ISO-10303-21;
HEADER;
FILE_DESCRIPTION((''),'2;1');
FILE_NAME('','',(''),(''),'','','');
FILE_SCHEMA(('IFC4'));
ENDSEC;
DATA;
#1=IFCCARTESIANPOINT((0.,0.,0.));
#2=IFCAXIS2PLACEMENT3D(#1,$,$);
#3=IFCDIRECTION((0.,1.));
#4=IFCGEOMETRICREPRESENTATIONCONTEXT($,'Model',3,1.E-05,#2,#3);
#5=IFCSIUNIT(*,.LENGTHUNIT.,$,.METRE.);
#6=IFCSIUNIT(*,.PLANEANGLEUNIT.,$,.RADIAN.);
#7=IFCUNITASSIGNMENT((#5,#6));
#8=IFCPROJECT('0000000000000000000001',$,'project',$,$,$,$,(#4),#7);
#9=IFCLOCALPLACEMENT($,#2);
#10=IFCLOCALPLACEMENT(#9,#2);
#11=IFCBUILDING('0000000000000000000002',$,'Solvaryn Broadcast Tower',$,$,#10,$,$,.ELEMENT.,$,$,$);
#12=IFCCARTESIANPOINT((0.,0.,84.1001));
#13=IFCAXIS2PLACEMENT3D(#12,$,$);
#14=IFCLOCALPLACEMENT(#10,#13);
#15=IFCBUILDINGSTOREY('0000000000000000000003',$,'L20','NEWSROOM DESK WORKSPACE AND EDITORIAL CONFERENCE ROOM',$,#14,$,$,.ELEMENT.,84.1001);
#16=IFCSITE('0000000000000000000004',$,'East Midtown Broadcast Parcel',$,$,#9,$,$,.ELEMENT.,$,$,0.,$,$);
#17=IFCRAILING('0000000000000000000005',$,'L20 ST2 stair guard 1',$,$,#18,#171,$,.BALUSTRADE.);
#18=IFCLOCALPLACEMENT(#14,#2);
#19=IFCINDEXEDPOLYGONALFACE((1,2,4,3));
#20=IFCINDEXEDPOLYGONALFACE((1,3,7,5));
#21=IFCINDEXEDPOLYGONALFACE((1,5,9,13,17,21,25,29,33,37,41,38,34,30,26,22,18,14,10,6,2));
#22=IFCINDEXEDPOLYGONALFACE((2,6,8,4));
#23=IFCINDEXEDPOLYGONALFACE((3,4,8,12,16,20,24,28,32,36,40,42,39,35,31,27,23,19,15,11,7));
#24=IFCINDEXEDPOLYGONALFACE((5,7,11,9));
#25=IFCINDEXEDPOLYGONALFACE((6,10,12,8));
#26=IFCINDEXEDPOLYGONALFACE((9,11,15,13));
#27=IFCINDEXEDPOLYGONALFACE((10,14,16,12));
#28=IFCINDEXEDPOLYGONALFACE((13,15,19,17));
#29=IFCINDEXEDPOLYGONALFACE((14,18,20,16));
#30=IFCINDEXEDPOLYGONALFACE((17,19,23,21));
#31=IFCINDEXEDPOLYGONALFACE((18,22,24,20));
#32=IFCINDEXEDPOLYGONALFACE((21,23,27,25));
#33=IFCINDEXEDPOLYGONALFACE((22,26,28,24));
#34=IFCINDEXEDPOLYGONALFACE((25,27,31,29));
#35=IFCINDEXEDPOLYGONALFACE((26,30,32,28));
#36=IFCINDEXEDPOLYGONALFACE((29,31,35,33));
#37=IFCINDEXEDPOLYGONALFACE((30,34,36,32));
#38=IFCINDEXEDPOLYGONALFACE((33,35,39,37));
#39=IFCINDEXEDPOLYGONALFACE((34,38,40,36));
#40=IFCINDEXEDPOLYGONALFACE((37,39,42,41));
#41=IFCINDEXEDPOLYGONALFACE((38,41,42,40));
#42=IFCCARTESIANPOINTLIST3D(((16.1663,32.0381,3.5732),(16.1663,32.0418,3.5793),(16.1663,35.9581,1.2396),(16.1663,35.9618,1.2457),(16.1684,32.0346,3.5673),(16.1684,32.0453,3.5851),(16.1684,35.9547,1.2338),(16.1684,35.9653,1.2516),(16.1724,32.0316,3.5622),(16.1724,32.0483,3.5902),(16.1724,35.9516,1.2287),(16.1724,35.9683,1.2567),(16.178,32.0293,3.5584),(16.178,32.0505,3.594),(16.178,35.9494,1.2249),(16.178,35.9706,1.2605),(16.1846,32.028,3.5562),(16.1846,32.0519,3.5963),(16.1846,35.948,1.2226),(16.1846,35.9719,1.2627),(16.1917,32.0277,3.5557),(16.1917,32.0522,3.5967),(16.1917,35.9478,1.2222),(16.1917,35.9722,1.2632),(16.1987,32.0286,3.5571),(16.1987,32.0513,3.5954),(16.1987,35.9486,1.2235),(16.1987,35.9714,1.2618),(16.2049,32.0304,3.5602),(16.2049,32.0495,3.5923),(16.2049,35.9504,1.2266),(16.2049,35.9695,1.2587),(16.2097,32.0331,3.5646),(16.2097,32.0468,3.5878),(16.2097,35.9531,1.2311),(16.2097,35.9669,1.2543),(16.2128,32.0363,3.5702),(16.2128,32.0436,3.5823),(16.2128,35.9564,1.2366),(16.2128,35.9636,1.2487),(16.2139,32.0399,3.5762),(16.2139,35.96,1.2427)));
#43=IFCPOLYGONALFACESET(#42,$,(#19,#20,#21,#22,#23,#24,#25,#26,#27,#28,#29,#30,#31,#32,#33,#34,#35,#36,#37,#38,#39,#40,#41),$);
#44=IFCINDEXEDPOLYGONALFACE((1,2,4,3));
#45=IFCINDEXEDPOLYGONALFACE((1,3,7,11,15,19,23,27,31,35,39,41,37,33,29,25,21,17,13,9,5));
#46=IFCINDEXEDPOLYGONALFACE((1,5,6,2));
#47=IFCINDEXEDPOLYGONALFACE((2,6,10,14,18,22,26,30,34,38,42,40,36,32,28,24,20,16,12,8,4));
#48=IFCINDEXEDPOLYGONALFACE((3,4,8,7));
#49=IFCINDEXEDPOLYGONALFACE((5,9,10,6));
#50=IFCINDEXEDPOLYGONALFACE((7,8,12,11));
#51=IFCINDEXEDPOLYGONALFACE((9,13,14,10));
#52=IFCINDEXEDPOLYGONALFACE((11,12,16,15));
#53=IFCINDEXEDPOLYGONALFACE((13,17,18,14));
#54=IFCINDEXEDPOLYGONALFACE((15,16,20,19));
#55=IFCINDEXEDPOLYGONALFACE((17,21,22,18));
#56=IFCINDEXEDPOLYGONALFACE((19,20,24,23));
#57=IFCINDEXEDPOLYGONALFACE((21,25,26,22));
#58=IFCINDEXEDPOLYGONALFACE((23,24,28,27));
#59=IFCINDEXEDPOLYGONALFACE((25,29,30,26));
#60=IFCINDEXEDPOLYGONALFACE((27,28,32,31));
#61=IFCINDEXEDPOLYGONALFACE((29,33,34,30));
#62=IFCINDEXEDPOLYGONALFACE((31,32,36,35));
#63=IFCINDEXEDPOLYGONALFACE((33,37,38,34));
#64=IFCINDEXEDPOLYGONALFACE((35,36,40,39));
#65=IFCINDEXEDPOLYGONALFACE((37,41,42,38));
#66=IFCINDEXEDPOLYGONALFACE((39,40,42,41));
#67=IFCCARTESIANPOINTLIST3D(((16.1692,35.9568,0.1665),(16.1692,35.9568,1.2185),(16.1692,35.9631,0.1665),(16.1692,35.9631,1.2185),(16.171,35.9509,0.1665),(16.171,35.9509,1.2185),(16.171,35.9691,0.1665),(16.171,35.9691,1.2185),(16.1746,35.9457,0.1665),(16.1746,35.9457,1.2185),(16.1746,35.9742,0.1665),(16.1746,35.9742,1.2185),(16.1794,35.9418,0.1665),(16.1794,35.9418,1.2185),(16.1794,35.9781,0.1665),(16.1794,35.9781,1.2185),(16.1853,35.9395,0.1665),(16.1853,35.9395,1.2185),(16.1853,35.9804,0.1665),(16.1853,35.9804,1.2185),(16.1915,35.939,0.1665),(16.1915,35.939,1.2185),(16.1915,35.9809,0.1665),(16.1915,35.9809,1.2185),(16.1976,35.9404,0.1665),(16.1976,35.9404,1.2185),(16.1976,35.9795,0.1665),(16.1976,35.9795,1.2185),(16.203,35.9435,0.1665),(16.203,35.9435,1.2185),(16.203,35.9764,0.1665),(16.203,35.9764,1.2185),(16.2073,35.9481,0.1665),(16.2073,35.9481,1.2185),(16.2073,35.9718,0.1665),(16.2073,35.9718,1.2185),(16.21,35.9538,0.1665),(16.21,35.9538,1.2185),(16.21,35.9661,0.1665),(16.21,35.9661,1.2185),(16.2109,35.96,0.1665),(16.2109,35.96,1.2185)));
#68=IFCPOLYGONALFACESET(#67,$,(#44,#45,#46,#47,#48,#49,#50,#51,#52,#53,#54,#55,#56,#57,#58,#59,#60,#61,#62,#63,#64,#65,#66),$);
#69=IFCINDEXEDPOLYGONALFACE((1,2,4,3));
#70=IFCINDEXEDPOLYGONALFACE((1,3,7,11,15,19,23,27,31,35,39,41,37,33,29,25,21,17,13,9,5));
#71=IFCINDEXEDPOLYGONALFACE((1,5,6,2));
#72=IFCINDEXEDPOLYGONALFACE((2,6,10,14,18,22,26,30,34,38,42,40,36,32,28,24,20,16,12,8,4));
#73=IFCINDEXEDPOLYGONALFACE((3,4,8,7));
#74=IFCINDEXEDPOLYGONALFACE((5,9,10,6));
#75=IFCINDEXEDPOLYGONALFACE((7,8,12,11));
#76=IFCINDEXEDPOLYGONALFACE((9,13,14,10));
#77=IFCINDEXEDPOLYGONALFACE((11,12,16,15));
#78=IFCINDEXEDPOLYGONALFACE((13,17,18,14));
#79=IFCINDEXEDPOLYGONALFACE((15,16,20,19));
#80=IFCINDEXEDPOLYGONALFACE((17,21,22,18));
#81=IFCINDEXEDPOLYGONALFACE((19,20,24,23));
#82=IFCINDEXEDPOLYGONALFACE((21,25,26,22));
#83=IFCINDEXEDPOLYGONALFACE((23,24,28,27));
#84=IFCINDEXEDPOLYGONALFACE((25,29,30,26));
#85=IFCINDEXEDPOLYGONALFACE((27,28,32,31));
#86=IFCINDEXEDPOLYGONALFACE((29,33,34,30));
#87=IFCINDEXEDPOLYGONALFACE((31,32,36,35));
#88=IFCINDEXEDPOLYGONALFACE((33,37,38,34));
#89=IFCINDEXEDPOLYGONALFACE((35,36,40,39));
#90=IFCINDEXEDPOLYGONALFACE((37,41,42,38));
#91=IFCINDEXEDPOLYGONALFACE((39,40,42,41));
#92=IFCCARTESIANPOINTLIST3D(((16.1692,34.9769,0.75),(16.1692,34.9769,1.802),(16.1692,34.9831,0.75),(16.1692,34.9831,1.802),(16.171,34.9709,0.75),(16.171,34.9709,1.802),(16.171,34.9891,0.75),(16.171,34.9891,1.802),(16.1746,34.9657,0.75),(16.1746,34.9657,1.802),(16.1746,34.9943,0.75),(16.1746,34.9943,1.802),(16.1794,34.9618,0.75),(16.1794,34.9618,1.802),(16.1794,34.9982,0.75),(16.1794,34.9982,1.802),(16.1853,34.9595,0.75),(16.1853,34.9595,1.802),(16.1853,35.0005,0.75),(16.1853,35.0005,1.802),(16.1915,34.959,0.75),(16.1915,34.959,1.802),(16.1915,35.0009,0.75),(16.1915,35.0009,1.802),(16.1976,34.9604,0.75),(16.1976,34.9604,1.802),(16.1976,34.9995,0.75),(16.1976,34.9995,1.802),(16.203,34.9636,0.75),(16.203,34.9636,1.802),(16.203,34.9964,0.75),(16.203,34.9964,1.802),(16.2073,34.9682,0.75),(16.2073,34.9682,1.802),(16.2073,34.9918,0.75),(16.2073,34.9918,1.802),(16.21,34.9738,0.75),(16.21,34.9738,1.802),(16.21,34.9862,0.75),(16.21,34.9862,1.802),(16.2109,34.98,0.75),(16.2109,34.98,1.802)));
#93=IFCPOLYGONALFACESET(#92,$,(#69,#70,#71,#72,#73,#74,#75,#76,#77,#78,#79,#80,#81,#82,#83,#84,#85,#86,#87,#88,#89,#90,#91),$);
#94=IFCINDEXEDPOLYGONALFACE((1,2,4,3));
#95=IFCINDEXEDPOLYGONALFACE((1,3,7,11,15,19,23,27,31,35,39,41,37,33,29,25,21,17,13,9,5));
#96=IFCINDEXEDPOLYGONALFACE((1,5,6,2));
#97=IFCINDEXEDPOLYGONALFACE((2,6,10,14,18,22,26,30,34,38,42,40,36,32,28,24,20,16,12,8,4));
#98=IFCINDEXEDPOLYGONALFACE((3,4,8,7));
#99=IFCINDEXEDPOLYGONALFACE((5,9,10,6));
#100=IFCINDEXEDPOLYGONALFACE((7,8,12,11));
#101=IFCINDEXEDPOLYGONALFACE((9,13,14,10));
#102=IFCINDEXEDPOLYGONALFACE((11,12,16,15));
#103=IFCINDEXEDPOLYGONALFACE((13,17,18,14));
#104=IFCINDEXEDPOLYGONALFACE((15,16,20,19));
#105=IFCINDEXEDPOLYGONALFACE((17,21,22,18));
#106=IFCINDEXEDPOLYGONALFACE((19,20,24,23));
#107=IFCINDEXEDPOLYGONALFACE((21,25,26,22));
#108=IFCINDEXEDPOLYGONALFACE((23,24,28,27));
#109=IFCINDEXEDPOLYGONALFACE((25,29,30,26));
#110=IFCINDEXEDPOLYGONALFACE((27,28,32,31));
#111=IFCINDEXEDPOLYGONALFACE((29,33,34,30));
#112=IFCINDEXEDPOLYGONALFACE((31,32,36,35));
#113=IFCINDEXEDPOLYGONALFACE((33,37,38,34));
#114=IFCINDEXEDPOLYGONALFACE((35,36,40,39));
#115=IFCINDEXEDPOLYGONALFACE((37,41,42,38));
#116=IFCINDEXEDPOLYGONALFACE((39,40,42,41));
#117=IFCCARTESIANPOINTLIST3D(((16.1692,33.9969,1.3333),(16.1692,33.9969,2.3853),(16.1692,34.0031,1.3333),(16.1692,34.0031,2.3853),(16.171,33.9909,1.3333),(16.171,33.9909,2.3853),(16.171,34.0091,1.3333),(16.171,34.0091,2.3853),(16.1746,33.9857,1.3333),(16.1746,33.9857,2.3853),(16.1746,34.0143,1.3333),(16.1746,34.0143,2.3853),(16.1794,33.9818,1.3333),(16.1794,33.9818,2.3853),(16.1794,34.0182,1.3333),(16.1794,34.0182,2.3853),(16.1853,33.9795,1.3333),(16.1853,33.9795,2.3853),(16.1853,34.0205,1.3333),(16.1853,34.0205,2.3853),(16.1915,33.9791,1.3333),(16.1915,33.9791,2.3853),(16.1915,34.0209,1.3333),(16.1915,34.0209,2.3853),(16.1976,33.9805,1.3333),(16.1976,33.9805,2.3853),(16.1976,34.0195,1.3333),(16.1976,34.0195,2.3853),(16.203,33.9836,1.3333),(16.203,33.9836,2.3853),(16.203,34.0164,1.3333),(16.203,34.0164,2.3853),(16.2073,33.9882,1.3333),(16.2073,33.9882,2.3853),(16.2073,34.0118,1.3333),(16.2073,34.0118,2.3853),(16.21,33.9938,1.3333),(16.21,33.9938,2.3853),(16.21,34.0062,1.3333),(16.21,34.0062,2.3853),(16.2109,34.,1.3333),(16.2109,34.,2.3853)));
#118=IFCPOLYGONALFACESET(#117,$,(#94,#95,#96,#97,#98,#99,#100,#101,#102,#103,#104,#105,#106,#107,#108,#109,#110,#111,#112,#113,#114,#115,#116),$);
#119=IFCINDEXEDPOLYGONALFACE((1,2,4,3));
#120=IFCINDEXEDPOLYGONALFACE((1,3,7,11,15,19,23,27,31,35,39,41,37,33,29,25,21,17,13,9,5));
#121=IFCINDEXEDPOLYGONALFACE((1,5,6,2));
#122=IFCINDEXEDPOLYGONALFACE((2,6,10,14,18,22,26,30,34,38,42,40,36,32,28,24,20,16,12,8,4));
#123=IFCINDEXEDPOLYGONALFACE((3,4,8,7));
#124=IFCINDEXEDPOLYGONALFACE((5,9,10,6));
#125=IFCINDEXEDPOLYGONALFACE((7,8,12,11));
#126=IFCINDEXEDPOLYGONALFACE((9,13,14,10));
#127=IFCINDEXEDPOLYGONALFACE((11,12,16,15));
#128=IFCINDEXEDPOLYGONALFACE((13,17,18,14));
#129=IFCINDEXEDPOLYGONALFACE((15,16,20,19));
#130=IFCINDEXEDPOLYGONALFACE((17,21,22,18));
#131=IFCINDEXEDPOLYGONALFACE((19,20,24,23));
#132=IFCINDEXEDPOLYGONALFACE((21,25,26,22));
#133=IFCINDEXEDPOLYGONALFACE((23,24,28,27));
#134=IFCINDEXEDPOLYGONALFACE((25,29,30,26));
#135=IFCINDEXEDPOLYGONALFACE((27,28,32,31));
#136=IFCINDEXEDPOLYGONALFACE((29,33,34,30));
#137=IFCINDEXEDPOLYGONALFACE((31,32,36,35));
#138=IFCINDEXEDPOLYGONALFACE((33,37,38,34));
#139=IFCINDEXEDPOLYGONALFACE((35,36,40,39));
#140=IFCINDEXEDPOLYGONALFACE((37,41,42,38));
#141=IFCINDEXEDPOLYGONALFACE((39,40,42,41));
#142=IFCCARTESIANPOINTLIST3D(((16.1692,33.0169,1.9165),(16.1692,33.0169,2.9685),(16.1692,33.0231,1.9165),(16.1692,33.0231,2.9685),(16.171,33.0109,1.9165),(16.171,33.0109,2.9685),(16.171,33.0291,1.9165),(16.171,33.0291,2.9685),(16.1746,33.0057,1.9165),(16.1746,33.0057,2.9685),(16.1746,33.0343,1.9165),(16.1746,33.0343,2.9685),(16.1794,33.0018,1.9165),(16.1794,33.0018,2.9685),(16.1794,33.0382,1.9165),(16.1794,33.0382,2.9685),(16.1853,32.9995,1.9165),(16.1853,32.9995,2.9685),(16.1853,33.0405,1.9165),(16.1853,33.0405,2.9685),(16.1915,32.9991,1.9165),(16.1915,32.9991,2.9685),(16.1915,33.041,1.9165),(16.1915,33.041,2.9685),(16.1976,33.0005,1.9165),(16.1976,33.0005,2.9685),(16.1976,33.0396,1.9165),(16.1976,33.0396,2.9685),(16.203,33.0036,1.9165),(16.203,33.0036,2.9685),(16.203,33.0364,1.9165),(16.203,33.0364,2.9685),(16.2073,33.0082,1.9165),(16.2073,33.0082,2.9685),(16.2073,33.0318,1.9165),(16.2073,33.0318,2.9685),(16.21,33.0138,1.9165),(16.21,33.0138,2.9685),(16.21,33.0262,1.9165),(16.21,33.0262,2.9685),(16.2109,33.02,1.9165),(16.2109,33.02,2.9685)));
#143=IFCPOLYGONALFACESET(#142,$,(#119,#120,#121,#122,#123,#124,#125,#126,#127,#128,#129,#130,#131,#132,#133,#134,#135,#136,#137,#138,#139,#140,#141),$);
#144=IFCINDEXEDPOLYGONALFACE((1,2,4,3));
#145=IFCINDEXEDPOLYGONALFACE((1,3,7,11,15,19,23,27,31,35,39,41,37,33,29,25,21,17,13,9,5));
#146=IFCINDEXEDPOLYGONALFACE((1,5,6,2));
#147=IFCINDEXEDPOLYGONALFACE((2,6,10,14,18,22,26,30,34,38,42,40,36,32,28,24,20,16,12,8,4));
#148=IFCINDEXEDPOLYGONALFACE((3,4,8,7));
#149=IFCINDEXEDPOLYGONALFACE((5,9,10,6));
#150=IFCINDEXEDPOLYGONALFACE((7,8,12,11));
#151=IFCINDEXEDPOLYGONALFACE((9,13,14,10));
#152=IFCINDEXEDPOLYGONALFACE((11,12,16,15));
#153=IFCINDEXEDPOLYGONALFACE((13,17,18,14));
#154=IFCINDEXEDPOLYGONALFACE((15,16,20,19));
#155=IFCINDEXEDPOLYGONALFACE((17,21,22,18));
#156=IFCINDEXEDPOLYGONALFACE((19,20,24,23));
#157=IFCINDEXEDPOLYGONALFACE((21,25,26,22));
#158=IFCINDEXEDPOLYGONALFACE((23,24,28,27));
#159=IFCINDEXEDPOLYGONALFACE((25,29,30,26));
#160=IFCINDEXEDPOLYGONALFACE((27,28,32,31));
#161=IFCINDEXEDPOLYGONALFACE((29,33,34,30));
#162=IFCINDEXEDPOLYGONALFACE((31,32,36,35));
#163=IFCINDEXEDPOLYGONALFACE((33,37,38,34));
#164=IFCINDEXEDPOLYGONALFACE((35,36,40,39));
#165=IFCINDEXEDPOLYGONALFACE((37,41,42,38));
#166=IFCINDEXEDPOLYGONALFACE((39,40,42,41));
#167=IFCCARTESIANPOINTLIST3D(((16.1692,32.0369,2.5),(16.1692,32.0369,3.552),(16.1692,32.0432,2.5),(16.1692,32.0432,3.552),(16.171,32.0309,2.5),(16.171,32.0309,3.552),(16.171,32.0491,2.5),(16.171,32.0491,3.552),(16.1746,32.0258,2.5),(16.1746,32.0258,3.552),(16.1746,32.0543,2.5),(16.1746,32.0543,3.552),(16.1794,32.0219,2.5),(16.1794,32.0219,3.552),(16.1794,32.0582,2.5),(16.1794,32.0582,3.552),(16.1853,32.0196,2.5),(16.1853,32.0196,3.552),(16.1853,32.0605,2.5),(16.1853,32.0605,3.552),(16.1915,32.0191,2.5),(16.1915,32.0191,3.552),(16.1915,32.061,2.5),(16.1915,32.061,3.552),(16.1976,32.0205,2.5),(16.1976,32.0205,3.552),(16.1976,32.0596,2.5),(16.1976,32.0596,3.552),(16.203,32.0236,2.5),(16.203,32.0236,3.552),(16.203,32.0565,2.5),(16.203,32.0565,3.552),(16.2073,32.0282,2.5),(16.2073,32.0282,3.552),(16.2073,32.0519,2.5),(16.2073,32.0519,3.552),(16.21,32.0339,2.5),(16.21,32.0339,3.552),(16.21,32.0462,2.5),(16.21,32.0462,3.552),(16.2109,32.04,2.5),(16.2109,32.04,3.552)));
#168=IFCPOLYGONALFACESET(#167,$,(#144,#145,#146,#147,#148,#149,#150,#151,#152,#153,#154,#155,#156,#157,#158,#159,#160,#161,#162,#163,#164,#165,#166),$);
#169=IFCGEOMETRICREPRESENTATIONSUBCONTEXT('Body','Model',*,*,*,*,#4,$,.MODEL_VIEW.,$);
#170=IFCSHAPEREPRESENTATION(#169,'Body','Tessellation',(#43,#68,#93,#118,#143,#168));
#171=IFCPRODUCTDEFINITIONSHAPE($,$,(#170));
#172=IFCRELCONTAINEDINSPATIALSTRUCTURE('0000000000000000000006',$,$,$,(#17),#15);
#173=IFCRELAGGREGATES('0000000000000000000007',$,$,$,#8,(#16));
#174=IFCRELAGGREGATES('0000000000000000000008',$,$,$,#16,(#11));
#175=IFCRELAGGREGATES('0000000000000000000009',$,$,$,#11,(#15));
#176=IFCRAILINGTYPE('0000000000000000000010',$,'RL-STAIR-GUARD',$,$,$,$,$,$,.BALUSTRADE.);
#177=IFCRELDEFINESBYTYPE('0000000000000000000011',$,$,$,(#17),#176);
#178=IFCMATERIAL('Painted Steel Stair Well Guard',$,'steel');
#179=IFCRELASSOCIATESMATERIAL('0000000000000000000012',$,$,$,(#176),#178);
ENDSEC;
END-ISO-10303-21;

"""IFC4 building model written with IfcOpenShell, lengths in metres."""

from ifc_helpers import new_model, si_unit, direction, frame, origin, origin_2d, place, context, subcontext, project, spatial, circle, extrude, material, type_object, element, save


model = new_model("IFC4")

# Units and contexts
model_context = context("Model", 3, precision=1e-05, world=origin(), true_north=direction((0.0, 1.0)))
body_context = subcontext(model_context, "Body", "Model", "MODEL_VIEW")
ifc_project = project(units=[si_unit("LENGTHUNIT", "METRE"), si_unit("PLANEANGLEUNIT", "RADIAN")], contexts=[model_context])

# Site, building, storey
site_placement = place(None, origin())
site = spatial("IfcSite", under=ifc_project, at=site_placement, Name="East Midtown Broadcast Parcel", CompositionType="ELEMENT", RefElevation=0.0)
building_placement = place(site_placement, origin())
building = spatial("IfcBuilding", under=site, at=building_placement, Name="Solvaryn Broadcast Tower", CompositionType="ELEMENT")
storey_placement = place(building_placement, frame((0.0, 0.0, 84.1001)))
storey = spatial("IfcBuildingStorey", under=building, at=storey_placement, Name="L20", Description="NEWSROOM DESK WORKSPACE AND EDITORIAL CONFERENCE ROOM", CompositionType="ELEMENT", Elevation=84.1001)

# Railing
ifc_material_1 = material(Name="Painted Steel Stair Well Guard", Category="steel")
railing_type_1 = type_object("IfcRailingType", Name="RL-STAIR-GUARD", PredefinedType="BALUSTRADE", material=ifc_material_1)
railing_1_placement = place(storey_placement, frame((16.1899, 35.96, 0.1665)))
element("IfcRailing", 1, at=railing_1_placement, inside=storey, type_object=railing_type_1, Name="L20 ST2 stair guard 1", PredefinedType="BALUSTRADE", context=body_context, shape_type="SweptSolid", body=[
    extrude(circle(Radius=0.0239, at=origin_2d()), frame((0.0, 0.0, 1.0762), z_axis=(0.0, -0.859273, 0.511518), x_axis=(1.0, 0.0, 0.0)), (0.0, 0.0, 1.0), 4.562),
    extrude(circle(Radius=0.021, at=origin_2d()), origin(), (0.0, 0.0, 1.0), 1.052),
    extrude(circle(Radius=0.021, at=origin_2d()), frame((0.0, -0.98, 0.5835)), (0.0, 0.0, 1.0), 1.052),
    extrude(circle(Radius=0.021, at=origin_2d()), frame((0.0, -1.96, 1.1667)), (0.0, 0.0, 1.0), 1.052),
    extrude(circle(Radius=0.021, at=origin_2d()), frame((0.0, -2.9399, 1.75)), (0.0, 0.0, 1.0), 1.052),
    extrude(circle(Radius=0.021, at=origin_2d()), frame((0.0, -3.9199, 2.3335)), (0.0, 0.0, 1.0), 1.052),
])

save(model, "model.ifc")
